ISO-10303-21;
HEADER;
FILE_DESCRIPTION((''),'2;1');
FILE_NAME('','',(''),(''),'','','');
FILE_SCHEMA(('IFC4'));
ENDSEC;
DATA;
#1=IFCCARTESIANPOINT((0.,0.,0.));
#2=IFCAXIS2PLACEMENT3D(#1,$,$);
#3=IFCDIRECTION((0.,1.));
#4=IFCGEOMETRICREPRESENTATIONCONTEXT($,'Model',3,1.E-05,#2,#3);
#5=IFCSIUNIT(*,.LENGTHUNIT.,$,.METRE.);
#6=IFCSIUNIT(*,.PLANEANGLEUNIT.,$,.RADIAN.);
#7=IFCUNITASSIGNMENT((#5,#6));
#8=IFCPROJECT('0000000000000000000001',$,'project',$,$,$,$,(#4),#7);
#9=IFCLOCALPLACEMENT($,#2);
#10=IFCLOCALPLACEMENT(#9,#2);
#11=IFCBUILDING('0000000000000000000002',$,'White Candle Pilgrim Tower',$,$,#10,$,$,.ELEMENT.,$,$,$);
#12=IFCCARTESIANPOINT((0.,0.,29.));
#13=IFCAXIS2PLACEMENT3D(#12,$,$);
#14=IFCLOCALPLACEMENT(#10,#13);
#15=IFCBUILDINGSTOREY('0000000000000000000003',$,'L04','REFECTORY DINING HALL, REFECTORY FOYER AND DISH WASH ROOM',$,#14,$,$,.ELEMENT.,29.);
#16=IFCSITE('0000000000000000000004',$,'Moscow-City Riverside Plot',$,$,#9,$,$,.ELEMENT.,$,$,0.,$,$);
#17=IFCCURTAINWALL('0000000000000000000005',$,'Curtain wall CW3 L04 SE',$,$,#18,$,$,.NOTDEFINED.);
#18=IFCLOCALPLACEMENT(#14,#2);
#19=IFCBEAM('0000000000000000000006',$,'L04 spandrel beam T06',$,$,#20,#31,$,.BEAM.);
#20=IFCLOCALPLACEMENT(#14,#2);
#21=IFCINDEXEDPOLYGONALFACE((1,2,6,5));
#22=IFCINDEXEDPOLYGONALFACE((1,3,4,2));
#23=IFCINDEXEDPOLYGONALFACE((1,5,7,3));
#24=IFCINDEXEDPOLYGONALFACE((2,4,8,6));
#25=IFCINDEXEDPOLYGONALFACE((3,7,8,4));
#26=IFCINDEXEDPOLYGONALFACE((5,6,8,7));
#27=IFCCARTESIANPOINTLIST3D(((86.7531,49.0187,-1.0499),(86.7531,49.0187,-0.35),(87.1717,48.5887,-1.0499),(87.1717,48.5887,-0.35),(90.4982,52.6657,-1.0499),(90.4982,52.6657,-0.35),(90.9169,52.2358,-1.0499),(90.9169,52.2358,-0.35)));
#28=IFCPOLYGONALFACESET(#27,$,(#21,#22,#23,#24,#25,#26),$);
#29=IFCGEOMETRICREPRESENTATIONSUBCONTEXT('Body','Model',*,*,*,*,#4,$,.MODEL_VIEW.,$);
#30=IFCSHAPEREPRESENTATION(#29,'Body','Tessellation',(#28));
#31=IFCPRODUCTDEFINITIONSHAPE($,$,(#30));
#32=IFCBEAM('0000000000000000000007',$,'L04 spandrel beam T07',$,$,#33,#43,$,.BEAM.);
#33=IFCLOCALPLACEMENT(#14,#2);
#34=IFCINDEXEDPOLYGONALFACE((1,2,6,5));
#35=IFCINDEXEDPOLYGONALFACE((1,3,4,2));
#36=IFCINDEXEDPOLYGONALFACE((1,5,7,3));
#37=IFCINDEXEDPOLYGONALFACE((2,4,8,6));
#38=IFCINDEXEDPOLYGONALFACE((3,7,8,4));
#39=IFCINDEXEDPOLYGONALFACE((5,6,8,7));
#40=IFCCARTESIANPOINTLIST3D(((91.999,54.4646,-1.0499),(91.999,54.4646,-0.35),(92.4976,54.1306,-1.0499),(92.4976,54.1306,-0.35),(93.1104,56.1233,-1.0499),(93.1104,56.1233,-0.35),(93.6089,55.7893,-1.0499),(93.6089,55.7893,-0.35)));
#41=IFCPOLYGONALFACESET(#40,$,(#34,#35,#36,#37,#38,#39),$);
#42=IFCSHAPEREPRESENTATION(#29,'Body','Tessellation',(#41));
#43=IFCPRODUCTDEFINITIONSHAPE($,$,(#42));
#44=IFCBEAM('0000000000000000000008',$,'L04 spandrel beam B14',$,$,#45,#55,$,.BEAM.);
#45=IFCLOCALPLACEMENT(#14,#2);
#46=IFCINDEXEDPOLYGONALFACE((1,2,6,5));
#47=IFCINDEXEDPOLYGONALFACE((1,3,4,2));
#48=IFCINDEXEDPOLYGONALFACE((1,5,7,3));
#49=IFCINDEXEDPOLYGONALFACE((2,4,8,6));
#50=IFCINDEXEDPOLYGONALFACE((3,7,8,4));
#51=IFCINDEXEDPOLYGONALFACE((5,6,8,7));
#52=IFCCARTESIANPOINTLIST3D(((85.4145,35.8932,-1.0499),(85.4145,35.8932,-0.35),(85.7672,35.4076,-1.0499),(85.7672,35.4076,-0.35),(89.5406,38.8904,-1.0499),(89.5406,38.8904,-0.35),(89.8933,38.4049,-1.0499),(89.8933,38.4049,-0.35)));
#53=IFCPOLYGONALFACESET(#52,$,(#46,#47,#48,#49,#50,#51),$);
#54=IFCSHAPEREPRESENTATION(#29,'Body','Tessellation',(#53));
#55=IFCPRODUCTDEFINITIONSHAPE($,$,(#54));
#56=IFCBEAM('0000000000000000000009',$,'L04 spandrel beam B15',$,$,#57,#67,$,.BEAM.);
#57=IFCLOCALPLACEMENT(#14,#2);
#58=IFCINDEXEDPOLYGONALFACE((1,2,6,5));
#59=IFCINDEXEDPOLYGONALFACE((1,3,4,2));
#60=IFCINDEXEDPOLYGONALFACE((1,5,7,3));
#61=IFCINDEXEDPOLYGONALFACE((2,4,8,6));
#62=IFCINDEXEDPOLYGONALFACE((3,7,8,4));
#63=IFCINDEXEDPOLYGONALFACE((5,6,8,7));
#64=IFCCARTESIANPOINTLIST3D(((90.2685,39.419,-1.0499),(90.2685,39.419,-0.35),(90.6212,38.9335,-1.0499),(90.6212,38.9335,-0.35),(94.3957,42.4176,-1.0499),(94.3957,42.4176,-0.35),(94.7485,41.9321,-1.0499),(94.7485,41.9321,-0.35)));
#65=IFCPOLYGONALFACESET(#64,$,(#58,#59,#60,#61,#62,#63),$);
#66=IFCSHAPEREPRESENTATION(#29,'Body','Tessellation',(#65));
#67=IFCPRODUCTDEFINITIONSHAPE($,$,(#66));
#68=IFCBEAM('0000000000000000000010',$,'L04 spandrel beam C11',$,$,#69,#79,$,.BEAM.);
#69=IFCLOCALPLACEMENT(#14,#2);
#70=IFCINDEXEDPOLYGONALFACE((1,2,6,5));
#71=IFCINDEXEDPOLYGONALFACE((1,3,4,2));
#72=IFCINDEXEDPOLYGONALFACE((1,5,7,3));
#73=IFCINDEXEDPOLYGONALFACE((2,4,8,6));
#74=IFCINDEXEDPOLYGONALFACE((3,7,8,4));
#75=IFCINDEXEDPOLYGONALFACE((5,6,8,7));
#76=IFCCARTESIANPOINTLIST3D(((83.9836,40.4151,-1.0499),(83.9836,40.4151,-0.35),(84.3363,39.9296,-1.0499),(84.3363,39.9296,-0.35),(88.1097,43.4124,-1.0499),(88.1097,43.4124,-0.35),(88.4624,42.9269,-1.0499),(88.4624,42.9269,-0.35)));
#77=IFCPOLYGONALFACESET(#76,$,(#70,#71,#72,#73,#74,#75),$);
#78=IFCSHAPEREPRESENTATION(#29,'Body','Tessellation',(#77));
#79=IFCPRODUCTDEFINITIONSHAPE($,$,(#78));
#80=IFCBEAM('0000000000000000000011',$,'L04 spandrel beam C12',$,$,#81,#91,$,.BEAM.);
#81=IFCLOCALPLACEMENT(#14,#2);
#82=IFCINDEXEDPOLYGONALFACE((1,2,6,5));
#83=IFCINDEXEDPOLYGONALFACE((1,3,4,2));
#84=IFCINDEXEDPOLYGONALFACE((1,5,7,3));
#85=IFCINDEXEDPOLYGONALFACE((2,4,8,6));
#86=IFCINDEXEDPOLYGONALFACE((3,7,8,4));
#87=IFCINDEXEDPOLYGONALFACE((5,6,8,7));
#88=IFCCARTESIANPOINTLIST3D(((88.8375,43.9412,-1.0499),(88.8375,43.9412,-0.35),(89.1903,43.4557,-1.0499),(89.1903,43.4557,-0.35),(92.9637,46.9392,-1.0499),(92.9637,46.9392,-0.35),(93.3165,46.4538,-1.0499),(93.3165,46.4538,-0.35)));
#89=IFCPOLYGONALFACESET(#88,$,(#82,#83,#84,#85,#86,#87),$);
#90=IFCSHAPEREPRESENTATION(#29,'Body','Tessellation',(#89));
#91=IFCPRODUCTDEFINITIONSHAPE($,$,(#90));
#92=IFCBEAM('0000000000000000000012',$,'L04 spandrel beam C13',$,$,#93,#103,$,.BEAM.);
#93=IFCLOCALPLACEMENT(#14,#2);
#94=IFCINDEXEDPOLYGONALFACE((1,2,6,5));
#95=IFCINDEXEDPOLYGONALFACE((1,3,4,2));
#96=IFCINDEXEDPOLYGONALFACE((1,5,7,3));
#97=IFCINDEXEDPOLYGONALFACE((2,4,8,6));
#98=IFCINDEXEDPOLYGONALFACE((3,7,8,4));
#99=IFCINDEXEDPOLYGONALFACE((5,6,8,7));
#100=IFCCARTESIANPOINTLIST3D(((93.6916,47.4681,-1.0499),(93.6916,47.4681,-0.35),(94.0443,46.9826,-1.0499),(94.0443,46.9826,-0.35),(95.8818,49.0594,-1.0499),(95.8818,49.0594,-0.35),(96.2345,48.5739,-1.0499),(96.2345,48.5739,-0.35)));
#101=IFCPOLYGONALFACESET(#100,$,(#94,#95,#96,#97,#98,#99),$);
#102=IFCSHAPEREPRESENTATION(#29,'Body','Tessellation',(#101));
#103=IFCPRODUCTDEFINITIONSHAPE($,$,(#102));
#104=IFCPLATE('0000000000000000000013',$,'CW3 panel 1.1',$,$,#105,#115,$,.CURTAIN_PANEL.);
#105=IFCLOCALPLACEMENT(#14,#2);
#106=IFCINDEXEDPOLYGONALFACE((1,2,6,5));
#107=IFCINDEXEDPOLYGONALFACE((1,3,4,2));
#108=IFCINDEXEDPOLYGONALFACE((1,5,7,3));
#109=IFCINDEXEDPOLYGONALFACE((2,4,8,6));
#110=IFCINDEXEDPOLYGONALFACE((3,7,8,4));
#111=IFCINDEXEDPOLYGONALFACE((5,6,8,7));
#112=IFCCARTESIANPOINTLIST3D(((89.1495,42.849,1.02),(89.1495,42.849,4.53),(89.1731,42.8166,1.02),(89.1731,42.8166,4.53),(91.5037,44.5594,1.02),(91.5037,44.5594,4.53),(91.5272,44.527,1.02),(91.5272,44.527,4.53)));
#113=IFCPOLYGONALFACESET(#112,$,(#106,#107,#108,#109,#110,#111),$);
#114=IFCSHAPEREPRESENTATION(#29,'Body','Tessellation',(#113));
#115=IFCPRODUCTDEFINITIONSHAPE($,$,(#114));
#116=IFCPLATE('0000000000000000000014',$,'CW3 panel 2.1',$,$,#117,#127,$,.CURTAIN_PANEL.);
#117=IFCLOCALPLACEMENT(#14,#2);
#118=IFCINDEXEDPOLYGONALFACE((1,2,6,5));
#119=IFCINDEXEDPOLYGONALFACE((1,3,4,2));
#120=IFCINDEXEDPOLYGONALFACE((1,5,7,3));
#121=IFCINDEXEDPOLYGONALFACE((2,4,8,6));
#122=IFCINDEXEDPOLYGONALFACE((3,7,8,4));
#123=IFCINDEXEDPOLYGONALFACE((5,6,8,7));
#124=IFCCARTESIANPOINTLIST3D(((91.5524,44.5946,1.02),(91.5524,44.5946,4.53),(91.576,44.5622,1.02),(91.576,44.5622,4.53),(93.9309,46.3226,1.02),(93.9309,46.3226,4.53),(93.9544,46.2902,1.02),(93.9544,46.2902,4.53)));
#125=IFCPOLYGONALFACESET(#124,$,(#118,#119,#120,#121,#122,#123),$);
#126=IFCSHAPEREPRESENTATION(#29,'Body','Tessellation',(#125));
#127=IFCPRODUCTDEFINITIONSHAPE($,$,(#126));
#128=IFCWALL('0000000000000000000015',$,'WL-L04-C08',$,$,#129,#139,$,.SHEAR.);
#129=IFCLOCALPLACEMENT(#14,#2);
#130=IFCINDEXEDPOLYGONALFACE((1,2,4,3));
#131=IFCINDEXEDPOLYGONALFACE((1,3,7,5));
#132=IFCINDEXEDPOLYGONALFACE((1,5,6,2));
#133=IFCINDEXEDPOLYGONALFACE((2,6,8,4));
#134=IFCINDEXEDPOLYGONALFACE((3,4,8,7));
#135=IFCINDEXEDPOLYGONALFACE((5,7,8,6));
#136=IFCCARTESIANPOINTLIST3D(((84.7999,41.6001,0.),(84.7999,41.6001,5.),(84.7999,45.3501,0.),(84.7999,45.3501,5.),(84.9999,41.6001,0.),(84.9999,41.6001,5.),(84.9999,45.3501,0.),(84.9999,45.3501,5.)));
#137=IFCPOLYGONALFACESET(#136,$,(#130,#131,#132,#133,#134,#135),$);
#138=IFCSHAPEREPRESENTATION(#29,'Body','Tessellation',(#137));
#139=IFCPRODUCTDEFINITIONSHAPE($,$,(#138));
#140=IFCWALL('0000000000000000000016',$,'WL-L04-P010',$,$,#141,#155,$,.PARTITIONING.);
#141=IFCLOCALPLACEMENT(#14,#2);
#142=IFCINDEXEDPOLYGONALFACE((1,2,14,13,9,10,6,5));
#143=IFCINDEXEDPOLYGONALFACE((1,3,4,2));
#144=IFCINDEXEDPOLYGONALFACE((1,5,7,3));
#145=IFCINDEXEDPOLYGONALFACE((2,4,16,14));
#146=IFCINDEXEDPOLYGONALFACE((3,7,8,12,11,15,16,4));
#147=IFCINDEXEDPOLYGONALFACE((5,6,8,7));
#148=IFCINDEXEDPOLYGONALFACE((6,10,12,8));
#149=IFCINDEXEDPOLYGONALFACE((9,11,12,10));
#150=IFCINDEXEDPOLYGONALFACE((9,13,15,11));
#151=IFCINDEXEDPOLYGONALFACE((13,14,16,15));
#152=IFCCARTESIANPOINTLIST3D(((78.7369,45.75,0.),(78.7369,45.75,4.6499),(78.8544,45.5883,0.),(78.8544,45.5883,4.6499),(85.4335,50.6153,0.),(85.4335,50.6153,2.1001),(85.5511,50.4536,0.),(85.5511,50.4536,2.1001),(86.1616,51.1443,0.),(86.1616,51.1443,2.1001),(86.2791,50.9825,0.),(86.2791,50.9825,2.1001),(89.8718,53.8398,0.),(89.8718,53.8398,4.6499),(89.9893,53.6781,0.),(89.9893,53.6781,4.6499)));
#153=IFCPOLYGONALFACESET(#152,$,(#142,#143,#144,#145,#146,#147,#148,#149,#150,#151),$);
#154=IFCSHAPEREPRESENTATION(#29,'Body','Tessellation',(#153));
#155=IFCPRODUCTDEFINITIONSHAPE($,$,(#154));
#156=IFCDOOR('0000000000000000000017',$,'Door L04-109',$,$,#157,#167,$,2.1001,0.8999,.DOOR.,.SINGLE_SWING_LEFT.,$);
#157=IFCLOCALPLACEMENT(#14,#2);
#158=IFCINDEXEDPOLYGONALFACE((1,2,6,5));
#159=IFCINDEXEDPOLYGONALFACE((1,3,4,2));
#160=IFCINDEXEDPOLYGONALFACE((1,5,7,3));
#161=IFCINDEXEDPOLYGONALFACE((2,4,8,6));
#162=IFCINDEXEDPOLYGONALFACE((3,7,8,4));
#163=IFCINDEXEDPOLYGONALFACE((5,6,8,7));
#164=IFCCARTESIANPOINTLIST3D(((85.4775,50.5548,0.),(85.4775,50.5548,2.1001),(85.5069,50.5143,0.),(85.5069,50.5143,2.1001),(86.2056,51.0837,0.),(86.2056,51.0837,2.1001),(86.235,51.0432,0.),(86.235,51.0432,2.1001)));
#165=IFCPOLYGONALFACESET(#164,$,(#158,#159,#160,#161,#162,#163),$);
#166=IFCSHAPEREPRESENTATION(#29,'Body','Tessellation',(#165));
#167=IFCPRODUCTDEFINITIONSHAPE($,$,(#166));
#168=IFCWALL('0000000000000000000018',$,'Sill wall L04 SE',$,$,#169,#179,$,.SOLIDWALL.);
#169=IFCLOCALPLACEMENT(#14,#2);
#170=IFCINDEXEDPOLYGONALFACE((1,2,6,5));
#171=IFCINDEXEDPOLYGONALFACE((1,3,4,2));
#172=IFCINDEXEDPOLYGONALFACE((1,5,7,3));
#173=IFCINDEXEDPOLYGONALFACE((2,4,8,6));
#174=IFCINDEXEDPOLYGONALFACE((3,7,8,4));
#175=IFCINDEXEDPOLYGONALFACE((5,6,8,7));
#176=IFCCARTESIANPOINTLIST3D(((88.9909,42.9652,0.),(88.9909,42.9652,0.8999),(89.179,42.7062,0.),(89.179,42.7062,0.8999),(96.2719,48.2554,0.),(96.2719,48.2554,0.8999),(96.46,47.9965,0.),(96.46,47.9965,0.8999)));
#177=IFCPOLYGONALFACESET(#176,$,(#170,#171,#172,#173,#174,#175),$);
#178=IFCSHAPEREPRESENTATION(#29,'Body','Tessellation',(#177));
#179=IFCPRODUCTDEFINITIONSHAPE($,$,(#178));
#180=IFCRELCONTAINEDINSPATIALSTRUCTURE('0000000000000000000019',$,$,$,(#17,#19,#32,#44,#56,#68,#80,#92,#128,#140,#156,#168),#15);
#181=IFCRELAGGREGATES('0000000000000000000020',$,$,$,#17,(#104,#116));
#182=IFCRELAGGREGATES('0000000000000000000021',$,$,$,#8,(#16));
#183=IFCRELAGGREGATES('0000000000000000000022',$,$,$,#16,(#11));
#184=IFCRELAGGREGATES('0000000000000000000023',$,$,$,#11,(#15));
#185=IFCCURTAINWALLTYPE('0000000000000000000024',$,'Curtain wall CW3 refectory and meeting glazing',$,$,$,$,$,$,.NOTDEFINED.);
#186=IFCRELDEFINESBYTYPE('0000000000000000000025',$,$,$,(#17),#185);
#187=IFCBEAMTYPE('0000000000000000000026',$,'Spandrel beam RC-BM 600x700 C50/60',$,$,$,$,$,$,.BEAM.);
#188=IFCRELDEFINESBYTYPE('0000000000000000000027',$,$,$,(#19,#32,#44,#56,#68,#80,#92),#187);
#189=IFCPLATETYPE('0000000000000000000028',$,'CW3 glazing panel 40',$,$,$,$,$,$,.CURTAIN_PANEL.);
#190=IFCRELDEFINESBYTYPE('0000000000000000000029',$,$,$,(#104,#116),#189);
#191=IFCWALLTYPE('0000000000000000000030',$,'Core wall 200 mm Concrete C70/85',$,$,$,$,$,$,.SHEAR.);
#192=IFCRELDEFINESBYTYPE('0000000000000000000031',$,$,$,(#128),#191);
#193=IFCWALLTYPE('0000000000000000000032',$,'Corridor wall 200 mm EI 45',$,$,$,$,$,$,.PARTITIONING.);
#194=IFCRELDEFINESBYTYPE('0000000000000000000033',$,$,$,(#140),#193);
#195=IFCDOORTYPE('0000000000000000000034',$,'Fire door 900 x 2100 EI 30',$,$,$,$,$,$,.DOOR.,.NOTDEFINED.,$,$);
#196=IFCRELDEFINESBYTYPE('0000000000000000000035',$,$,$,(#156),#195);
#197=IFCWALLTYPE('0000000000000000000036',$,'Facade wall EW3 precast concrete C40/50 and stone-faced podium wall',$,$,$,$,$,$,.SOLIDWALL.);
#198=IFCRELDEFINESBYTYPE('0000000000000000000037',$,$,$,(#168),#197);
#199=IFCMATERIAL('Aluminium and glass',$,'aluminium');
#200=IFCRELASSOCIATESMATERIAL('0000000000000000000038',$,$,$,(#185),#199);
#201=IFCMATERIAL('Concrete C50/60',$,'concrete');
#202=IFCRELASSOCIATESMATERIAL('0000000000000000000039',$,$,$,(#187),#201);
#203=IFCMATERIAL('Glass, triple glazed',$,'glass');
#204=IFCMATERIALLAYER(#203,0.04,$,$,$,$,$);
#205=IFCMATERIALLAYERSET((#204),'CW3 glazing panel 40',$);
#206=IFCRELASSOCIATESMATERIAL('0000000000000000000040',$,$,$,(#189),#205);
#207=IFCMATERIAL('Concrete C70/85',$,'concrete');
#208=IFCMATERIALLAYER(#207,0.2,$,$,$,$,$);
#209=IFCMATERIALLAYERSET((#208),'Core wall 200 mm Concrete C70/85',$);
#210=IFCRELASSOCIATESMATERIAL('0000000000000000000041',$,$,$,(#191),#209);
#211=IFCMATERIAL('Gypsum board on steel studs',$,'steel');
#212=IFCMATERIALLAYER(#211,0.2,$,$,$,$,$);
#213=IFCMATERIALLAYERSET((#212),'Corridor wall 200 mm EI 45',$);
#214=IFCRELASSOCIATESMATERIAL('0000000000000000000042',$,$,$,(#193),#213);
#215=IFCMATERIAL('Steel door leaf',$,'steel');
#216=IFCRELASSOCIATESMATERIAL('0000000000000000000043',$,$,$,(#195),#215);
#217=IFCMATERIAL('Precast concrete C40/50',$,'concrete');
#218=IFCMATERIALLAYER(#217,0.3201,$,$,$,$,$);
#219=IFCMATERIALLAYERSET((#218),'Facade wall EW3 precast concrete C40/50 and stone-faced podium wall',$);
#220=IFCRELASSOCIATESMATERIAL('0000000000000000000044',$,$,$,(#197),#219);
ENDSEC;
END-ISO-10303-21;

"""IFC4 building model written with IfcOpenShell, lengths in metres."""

from ifc_helpers import new_model, si_unit, direction, frame, frame_2d, origin, origin_2d, place, context, subcontext, project, spatial, rectangle, extrude, material, layer, layer_set, material_profile, profile_set, type_object, element, fill, aggregate, save


model = new_model("IFC4")

# Units and contexts
model_context = context("Model", 3, precision=1e-05, world=origin(), true_north=direction((0.0, 1.0)))
body_context = subcontext(model_context, "Body", "Model", "MODEL_VIEW")
ifc_project = project(units=[si_unit("LENGTHUNIT", "METRE"), si_unit("PLANEANGLEUNIT", "RADIAN")], contexts=[model_context])

# Site, building, storey
site_placement = place(None, origin())
site = spatial("IfcSite", under=ifc_project, at=site_placement, Name="Moscow-City Riverside Plot", CompositionType="ELEMENT", RefElevation=0.0)
building_placement = place(site_placement, origin())
building = spatial("IfcBuilding", under=site, at=building_placement, Name="White Candle Pilgrim Tower", CompositionType="ELEMENT")
storey_placement = place(building_placement, frame((0.0, 0.0, 29.0)))
storey = spatial("IfcBuildingStorey", under=building, at=storey_placement, Name="L04", Description="REFECTORY DINING HALL, REFECTORY FOYER AND DISH WASH ROOM", CompositionType="ELEMENT", Elevation=29.0)

# Curtain wall
ifc_material_1 = material(Name="Aluminium and glass", Category="aluminium")
curtain_wall_type = type_object("IfcCurtainWallType", Name="Curtain wall CW3 refectory and meeting glazing", PredefinedType="NOTDEFINED", material=ifc_material_1)
curtain_wall_placement = place(storey_placement, origin())
curtain_wall = element("IfcCurtainWall", 1, at=curtain_wall_placement, inside=storey, type_object=curtain_wall_type, Name="Curtain wall CW3 L04 SE", PredefinedType="NOTDEFINED")

# Beams
ifc_material_2 = material(Name="Concrete C50/60", Category="concrete")
ifc_material_profile_1 = material_profile(ifc_material_2, rectangle(XDim=0.6001, YDim=0.7, at=origin_2d()), Name="RC-BM 600x700")
ifc_profile_set_1 = profile_set([ifc_material_profile_1], Name="Concrete C50/60")
beam_type = type_object("IfcBeamType", Name="Spandrel beam RC-BM 600x700 C50/60", PredefinedType="BEAM", material=ifc_profile_set_1)
beam_1_placement = place(storey_placement, frame((86.9624, 48.8037, -0.7), z_axis=(0.716432, 0.697657, 0.0), x_axis=(-0.697657, 0.716432, 0.0)))
element("IfcBeam", 2, at=beam_1_placement, inside=storey, type_object=beam_type, Name="L04 spandrel beam T06", PredefinedType="BEAM", context=body_context, shape_type="SweptSolid", body=[
    extrude(rectangle(XDim=0.6001, YDim=0.7, at=origin_2d()), origin(), (0.0, 0.0, 1.0), 5.2275),
])
beam_2_placement = place(storey_placement, frame((92.2483, 54.2976, -0.7), z_axis=(0.556618, 0.830769, 0.0), x_axis=(-0.830769, 0.556618, 0.0)))
element("IfcBeam", 3, at=beam_2_placement, inside=storey, type_object=beam_type, Name="L04 spandrel beam T07", PredefinedType="BEAM", context=body_context, shape_type="SweptSolid", body=[
    extrude(rectangle(XDim=0.6001, YDim=0.7, at=origin_2d()), origin(), (0.0, 0.0, 1.0), 1.9966),
])
beam_3_placement = place(storey_placement, frame((85.5908, 35.6504, -0.7), z_axis=(0.809069, 0.587713, 0.0), x_axis=(-0.587713, 0.809069, 0.0)))
element("IfcBeam", 4, at=beam_3_placement, inside=storey, type_object=beam_type, Name="L04 spandrel beam B14", PredefinedType="BEAM", context=body_context, shape_type="SweptSolid", body=[
    extrude(rectangle(XDim=0.6001, YDim=0.7, at=origin_2d()), origin(), (0.0, 0.0, 1.0), 5.0999),
])
beam_4_placement = place(storey_placement, frame((90.4448, 39.1763, -0.7), z_axis=(0.809022, 0.587779, 0.0), x_axis=(-0.587779, 0.809022, 0.0)))
element("IfcBeam", 5, at=beam_4_placement, inside=storey, type_object=beam_type, Name="L04 spandrel beam B15", PredefinedType="BEAM", context=body_context, shape_type="SweptSolid", body=[
    extrude(rectangle(XDim=0.6001, YDim=0.7, at=origin_2d()), origin(), (0.0, 0.0, 1.0), 5.1016),
])
beam_5_placement = place(storey_placement, frame((84.1599, 40.1724, -0.7), z_axis=(0.809069, 0.587713, 0.0), x_axis=(-0.587713, 0.809069, 0.0)))
element("IfcBeam", 6, at=beam_5_placement, inside=storey, type_object=beam_type, Name="L04 spandrel beam C11", PredefinedType="BEAM", context=body_context, shape_type="SweptSolid", body=[
    extrude(rectangle(XDim=0.6001, YDim=0.7, at=origin_2d()), origin(), (0.0, 0.0, 1.0), 5.0999),
])
beam_6_placement = place(storey_placement, frame((89.0139, 43.6985, -0.7), z_axis=(0.809001, 0.587807, 0.0), x_axis=(-0.587807, 0.809001, 0.0)))
element("IfcBeam", 7, at=beam_6_placement, inside=storey, type_object=beam_type, Name="L04 spandrel beam C12", PredefinedType="BEAM", context=body_context, shape_type="SweptSolid", body=[
    extrude(rectangle(XDim=0.6001, YDim=0.7, at=origin_2d()), origin(), (0.0, 0.0, 1.0), 5.1003),
])
beam_7_placement = place(storey_placement, frame((93.8679, 47.2253, -0.7), z_axis=(0.809009, 0.587796, 0.0), x_axis=(-0.587796, 0.809009, 0.0)))
element("IfcBeam", 8, at=beam_7_placement, inside=storey, type_object=beam_type, Name="L04 spandrel beam C13", PredefinedType="BEAM", context=body_context, shape_type="SweptSolid", body=[
    extrude(rectangle(XDim=0.6001, YDim=0.7, at=origin_2d()), origin(), (0.0, 0.0, 1.0), 2.7073),
])

# Plates
ifc_material_3 = material(Name="Glass, triple glazed", Category="glass")
ifc_layer_1 = layer(ifc_material_3, 0.04)
ifc_layer_set_1 = layer_set([ifc_layer_1], Name="CW3 glazing panel 40")
plate_type = type_object("IfcPlateType", Name="CW3 glazing panel 40", PredefinedType="CURTAIN_PANEL", material=ifc_layer_set_1)
plate_1_placement = place(storey_placement, frame((90.3384, 43.688, 1.02), z_axis=(0.0, 0.0, 1.0), x_axis=(0.809017, 0.587785, 0.0)))
plate_1 = element("IfcPlate", 9, at=plate_1_placement, type_object=plate_type, Name="CW3 panel 1.1", PredefinedType="CURTAIN_PANEL", context=body_context, shape_type="SweptSolid", body=[
    extrude(rectangle(XDim=2.9099, YDim=0.04, at=origin_2d()), origin(), (0.0, 0.0, 1.0), 3.51),
])
plate_2_placement = place(storey_placement, frame((92.7534, 45.4424, 1.02), z_axis=(0.0, 0.0, 1.0), x_axis=(0.809017, 0.587785, 0.0)))
plate_2 = element("IfcPlate", 10, at=plate_2_placement, type_object=plate_type, Name="CW3 panel 2.1", PredefinedType="CURTAIN_PANEL", context=body_context, shape_type="SweptSolid", body=[
    extrude(rectangle(XDim=2.9399, YDim=0.04, at=origin_2d()), origin(), (0.0, 0.0, 1.0), 3.51),
])
aggregate(curtain_wall, [plate_1, plate_2])

# Wall
ifc_material_4 = material(Name="Concrete C70/85", Category="concrete")
ifc_layer_2 = layer(ifc_material_4, 0.2)
ifc_layer_set_2 = layer_set([ifc_layer_2], Name="Core wall 200 mm Concrete C70/85")
wall_type_1 = type_object("IfcWallType", Name="Core wall 200 mm Concrete C70/85", PredefinedType="SHEAR", material=ifc_layer_set_2)
wall_1_placement = place(storey_placement, frame((84.8999, 41.6001, 0.0), z_axis=(0.0, 0.0, 1.0), x_axis=(0.0, 1.0, 0.0)))
element("IfcWall", 11, at=wall_1_placement, inside=storey, type_object=wall_type_1, Name="WL-L04-C08", PredefinedType="SHEAR", context=body_context, shape_type="SweptSolid", body=[
    extrude(rectangle(XDim=3.75, YDim=0.2, at=frame_2d((1.875, 0.0))), origin(), (0.0, 0.0, 1.0), 5.0),
])

# Wall, opening, door
ifc_material_5 = material(Name="Gypsum board on steel studs", Category="steel")
ifc_layer_3 = layer(ifc_material_5, 0.2)
ifc_layer_set_3 = layer_set([ifc_layer_3], Name="Corridor wall 200 mm EI 45")
wall_type_2 = type_object("IfcWallType", Name="Corridor wall 200 mm EI 45", PredefinedType="PARTITIONING", material=ifc_layer_set_3)
wall_2_placement = place(storey_placement, frame((89.9307, 53.759, 0.0), z_axis=(0.0, 0.0, 1.0), x_axis=(-0.809024, -0.587775, 0.0)))
wall_2 = element("IfcWall", 12, at=wall_2_placement, inside=storey, type_object=wall_type_2, Name="WL-L04-P010", PredefinedType="PARTITIONING", context=body_context, shape_type="SweptSolid", body=[
    extrude(rectangle(XDim=13.7634, YDim=0.2, at=frame_2d((6.8818, 0.0))), origin(), (0.0, 0.0, 1.0), 4.6499),
])
opening_1_placement = place(wall_2_placement, frame((4.5862, 0.0, 0.0)))
opening_1 = element("IfcOpeningElement", 13, at=opening_1_placement, cuts=wall_2, PredefinedType="OPENING", context=body_context, shape_type="SweptSolid", body=[
    extrude(rectangle(XDim=0.8999, YDim=2.1001, at=frame_2d((0.45, 1.05))), frame((0.0, 0.1099, 0.0), z_axis=(0.0, -1.0, 0.0), x_axis=(1.0, 0.0, 0.0)), (0.0, 0.0, 1.0), 0.22),
])
ifc_material_6 = material(Name="Steel door leaf", Category="steel")
door_type_1 = type_object("IfcDoorType", Name="Fire door 900 x 2100 EI 30", OperationType="NOTDEFINED", PredefinedType="DOOR", material=ifc_material_6)
door_1_placement = place(opening_1_placement, origin())
door_1 = element("IfcDoor", 14, at=door_1_placement, inside=storey, type_object=door_type_1, Name="Door L04-109", OperationType="SINGLE_SWING_LEFT", OverallHeight=2.1001, OverallWidth=0.8999, PredefinedType="DOOR", context=body_context, shape_type="SweptSolid", body=[
    extrude(rectangle(XDim=0.8999, YDim=2.1001, at=frame_2d((0.45, 1.05))), frame((0.0, 0.0249, 0.0), z_axis=(0.0, -1.0, 0.0), x_axis=(1.0, 0.0, 0.0)), (0.0, 0.0, 1.0), 0.05),
])
fill(opening_1, door_1)

# Wall
ifc_material_7 = material(Name="Precast concrete C40/50", Category="concrete")
ifc_layer_4 = layer(ifc_material_7, 0.3201)
ifc_layer_set_4 = layer_set([ifc_layer_4], Name="Facade wall EW3 precast concrete C40/50 and stone-faced podium wall")
wall_type_3 = type_object("IfcWallType", Name="Facade wall EW3 precast concrete C40/50 and stone-faced podium wall", PredefinedType="SOLIDWALL", material=ifc_layer_set_4)
wall_3_placement = place(storey_placement, frame((89.085, 42.8357, 0.0), z_axis=(0.0, 0.0, 1.0), x_axis=(0.809, 0.587809, 0.0)))
element("IfcWall", 15, at=wall_3_placement, inside=storey, type_object=wall_type_3, Name="Sill wall L04 SE", PredefinedType="SOLIDWALL", context=body_context, shape_type="SweptSolid", body=[
    extrude(rectangle(XDim=9.0, YDim=0.3201, at=frame_2d((4.5, 0.0))), origin(), (0.0, 0.0, 1.0), 0.8999),
])

save(model, "model.ifc")
